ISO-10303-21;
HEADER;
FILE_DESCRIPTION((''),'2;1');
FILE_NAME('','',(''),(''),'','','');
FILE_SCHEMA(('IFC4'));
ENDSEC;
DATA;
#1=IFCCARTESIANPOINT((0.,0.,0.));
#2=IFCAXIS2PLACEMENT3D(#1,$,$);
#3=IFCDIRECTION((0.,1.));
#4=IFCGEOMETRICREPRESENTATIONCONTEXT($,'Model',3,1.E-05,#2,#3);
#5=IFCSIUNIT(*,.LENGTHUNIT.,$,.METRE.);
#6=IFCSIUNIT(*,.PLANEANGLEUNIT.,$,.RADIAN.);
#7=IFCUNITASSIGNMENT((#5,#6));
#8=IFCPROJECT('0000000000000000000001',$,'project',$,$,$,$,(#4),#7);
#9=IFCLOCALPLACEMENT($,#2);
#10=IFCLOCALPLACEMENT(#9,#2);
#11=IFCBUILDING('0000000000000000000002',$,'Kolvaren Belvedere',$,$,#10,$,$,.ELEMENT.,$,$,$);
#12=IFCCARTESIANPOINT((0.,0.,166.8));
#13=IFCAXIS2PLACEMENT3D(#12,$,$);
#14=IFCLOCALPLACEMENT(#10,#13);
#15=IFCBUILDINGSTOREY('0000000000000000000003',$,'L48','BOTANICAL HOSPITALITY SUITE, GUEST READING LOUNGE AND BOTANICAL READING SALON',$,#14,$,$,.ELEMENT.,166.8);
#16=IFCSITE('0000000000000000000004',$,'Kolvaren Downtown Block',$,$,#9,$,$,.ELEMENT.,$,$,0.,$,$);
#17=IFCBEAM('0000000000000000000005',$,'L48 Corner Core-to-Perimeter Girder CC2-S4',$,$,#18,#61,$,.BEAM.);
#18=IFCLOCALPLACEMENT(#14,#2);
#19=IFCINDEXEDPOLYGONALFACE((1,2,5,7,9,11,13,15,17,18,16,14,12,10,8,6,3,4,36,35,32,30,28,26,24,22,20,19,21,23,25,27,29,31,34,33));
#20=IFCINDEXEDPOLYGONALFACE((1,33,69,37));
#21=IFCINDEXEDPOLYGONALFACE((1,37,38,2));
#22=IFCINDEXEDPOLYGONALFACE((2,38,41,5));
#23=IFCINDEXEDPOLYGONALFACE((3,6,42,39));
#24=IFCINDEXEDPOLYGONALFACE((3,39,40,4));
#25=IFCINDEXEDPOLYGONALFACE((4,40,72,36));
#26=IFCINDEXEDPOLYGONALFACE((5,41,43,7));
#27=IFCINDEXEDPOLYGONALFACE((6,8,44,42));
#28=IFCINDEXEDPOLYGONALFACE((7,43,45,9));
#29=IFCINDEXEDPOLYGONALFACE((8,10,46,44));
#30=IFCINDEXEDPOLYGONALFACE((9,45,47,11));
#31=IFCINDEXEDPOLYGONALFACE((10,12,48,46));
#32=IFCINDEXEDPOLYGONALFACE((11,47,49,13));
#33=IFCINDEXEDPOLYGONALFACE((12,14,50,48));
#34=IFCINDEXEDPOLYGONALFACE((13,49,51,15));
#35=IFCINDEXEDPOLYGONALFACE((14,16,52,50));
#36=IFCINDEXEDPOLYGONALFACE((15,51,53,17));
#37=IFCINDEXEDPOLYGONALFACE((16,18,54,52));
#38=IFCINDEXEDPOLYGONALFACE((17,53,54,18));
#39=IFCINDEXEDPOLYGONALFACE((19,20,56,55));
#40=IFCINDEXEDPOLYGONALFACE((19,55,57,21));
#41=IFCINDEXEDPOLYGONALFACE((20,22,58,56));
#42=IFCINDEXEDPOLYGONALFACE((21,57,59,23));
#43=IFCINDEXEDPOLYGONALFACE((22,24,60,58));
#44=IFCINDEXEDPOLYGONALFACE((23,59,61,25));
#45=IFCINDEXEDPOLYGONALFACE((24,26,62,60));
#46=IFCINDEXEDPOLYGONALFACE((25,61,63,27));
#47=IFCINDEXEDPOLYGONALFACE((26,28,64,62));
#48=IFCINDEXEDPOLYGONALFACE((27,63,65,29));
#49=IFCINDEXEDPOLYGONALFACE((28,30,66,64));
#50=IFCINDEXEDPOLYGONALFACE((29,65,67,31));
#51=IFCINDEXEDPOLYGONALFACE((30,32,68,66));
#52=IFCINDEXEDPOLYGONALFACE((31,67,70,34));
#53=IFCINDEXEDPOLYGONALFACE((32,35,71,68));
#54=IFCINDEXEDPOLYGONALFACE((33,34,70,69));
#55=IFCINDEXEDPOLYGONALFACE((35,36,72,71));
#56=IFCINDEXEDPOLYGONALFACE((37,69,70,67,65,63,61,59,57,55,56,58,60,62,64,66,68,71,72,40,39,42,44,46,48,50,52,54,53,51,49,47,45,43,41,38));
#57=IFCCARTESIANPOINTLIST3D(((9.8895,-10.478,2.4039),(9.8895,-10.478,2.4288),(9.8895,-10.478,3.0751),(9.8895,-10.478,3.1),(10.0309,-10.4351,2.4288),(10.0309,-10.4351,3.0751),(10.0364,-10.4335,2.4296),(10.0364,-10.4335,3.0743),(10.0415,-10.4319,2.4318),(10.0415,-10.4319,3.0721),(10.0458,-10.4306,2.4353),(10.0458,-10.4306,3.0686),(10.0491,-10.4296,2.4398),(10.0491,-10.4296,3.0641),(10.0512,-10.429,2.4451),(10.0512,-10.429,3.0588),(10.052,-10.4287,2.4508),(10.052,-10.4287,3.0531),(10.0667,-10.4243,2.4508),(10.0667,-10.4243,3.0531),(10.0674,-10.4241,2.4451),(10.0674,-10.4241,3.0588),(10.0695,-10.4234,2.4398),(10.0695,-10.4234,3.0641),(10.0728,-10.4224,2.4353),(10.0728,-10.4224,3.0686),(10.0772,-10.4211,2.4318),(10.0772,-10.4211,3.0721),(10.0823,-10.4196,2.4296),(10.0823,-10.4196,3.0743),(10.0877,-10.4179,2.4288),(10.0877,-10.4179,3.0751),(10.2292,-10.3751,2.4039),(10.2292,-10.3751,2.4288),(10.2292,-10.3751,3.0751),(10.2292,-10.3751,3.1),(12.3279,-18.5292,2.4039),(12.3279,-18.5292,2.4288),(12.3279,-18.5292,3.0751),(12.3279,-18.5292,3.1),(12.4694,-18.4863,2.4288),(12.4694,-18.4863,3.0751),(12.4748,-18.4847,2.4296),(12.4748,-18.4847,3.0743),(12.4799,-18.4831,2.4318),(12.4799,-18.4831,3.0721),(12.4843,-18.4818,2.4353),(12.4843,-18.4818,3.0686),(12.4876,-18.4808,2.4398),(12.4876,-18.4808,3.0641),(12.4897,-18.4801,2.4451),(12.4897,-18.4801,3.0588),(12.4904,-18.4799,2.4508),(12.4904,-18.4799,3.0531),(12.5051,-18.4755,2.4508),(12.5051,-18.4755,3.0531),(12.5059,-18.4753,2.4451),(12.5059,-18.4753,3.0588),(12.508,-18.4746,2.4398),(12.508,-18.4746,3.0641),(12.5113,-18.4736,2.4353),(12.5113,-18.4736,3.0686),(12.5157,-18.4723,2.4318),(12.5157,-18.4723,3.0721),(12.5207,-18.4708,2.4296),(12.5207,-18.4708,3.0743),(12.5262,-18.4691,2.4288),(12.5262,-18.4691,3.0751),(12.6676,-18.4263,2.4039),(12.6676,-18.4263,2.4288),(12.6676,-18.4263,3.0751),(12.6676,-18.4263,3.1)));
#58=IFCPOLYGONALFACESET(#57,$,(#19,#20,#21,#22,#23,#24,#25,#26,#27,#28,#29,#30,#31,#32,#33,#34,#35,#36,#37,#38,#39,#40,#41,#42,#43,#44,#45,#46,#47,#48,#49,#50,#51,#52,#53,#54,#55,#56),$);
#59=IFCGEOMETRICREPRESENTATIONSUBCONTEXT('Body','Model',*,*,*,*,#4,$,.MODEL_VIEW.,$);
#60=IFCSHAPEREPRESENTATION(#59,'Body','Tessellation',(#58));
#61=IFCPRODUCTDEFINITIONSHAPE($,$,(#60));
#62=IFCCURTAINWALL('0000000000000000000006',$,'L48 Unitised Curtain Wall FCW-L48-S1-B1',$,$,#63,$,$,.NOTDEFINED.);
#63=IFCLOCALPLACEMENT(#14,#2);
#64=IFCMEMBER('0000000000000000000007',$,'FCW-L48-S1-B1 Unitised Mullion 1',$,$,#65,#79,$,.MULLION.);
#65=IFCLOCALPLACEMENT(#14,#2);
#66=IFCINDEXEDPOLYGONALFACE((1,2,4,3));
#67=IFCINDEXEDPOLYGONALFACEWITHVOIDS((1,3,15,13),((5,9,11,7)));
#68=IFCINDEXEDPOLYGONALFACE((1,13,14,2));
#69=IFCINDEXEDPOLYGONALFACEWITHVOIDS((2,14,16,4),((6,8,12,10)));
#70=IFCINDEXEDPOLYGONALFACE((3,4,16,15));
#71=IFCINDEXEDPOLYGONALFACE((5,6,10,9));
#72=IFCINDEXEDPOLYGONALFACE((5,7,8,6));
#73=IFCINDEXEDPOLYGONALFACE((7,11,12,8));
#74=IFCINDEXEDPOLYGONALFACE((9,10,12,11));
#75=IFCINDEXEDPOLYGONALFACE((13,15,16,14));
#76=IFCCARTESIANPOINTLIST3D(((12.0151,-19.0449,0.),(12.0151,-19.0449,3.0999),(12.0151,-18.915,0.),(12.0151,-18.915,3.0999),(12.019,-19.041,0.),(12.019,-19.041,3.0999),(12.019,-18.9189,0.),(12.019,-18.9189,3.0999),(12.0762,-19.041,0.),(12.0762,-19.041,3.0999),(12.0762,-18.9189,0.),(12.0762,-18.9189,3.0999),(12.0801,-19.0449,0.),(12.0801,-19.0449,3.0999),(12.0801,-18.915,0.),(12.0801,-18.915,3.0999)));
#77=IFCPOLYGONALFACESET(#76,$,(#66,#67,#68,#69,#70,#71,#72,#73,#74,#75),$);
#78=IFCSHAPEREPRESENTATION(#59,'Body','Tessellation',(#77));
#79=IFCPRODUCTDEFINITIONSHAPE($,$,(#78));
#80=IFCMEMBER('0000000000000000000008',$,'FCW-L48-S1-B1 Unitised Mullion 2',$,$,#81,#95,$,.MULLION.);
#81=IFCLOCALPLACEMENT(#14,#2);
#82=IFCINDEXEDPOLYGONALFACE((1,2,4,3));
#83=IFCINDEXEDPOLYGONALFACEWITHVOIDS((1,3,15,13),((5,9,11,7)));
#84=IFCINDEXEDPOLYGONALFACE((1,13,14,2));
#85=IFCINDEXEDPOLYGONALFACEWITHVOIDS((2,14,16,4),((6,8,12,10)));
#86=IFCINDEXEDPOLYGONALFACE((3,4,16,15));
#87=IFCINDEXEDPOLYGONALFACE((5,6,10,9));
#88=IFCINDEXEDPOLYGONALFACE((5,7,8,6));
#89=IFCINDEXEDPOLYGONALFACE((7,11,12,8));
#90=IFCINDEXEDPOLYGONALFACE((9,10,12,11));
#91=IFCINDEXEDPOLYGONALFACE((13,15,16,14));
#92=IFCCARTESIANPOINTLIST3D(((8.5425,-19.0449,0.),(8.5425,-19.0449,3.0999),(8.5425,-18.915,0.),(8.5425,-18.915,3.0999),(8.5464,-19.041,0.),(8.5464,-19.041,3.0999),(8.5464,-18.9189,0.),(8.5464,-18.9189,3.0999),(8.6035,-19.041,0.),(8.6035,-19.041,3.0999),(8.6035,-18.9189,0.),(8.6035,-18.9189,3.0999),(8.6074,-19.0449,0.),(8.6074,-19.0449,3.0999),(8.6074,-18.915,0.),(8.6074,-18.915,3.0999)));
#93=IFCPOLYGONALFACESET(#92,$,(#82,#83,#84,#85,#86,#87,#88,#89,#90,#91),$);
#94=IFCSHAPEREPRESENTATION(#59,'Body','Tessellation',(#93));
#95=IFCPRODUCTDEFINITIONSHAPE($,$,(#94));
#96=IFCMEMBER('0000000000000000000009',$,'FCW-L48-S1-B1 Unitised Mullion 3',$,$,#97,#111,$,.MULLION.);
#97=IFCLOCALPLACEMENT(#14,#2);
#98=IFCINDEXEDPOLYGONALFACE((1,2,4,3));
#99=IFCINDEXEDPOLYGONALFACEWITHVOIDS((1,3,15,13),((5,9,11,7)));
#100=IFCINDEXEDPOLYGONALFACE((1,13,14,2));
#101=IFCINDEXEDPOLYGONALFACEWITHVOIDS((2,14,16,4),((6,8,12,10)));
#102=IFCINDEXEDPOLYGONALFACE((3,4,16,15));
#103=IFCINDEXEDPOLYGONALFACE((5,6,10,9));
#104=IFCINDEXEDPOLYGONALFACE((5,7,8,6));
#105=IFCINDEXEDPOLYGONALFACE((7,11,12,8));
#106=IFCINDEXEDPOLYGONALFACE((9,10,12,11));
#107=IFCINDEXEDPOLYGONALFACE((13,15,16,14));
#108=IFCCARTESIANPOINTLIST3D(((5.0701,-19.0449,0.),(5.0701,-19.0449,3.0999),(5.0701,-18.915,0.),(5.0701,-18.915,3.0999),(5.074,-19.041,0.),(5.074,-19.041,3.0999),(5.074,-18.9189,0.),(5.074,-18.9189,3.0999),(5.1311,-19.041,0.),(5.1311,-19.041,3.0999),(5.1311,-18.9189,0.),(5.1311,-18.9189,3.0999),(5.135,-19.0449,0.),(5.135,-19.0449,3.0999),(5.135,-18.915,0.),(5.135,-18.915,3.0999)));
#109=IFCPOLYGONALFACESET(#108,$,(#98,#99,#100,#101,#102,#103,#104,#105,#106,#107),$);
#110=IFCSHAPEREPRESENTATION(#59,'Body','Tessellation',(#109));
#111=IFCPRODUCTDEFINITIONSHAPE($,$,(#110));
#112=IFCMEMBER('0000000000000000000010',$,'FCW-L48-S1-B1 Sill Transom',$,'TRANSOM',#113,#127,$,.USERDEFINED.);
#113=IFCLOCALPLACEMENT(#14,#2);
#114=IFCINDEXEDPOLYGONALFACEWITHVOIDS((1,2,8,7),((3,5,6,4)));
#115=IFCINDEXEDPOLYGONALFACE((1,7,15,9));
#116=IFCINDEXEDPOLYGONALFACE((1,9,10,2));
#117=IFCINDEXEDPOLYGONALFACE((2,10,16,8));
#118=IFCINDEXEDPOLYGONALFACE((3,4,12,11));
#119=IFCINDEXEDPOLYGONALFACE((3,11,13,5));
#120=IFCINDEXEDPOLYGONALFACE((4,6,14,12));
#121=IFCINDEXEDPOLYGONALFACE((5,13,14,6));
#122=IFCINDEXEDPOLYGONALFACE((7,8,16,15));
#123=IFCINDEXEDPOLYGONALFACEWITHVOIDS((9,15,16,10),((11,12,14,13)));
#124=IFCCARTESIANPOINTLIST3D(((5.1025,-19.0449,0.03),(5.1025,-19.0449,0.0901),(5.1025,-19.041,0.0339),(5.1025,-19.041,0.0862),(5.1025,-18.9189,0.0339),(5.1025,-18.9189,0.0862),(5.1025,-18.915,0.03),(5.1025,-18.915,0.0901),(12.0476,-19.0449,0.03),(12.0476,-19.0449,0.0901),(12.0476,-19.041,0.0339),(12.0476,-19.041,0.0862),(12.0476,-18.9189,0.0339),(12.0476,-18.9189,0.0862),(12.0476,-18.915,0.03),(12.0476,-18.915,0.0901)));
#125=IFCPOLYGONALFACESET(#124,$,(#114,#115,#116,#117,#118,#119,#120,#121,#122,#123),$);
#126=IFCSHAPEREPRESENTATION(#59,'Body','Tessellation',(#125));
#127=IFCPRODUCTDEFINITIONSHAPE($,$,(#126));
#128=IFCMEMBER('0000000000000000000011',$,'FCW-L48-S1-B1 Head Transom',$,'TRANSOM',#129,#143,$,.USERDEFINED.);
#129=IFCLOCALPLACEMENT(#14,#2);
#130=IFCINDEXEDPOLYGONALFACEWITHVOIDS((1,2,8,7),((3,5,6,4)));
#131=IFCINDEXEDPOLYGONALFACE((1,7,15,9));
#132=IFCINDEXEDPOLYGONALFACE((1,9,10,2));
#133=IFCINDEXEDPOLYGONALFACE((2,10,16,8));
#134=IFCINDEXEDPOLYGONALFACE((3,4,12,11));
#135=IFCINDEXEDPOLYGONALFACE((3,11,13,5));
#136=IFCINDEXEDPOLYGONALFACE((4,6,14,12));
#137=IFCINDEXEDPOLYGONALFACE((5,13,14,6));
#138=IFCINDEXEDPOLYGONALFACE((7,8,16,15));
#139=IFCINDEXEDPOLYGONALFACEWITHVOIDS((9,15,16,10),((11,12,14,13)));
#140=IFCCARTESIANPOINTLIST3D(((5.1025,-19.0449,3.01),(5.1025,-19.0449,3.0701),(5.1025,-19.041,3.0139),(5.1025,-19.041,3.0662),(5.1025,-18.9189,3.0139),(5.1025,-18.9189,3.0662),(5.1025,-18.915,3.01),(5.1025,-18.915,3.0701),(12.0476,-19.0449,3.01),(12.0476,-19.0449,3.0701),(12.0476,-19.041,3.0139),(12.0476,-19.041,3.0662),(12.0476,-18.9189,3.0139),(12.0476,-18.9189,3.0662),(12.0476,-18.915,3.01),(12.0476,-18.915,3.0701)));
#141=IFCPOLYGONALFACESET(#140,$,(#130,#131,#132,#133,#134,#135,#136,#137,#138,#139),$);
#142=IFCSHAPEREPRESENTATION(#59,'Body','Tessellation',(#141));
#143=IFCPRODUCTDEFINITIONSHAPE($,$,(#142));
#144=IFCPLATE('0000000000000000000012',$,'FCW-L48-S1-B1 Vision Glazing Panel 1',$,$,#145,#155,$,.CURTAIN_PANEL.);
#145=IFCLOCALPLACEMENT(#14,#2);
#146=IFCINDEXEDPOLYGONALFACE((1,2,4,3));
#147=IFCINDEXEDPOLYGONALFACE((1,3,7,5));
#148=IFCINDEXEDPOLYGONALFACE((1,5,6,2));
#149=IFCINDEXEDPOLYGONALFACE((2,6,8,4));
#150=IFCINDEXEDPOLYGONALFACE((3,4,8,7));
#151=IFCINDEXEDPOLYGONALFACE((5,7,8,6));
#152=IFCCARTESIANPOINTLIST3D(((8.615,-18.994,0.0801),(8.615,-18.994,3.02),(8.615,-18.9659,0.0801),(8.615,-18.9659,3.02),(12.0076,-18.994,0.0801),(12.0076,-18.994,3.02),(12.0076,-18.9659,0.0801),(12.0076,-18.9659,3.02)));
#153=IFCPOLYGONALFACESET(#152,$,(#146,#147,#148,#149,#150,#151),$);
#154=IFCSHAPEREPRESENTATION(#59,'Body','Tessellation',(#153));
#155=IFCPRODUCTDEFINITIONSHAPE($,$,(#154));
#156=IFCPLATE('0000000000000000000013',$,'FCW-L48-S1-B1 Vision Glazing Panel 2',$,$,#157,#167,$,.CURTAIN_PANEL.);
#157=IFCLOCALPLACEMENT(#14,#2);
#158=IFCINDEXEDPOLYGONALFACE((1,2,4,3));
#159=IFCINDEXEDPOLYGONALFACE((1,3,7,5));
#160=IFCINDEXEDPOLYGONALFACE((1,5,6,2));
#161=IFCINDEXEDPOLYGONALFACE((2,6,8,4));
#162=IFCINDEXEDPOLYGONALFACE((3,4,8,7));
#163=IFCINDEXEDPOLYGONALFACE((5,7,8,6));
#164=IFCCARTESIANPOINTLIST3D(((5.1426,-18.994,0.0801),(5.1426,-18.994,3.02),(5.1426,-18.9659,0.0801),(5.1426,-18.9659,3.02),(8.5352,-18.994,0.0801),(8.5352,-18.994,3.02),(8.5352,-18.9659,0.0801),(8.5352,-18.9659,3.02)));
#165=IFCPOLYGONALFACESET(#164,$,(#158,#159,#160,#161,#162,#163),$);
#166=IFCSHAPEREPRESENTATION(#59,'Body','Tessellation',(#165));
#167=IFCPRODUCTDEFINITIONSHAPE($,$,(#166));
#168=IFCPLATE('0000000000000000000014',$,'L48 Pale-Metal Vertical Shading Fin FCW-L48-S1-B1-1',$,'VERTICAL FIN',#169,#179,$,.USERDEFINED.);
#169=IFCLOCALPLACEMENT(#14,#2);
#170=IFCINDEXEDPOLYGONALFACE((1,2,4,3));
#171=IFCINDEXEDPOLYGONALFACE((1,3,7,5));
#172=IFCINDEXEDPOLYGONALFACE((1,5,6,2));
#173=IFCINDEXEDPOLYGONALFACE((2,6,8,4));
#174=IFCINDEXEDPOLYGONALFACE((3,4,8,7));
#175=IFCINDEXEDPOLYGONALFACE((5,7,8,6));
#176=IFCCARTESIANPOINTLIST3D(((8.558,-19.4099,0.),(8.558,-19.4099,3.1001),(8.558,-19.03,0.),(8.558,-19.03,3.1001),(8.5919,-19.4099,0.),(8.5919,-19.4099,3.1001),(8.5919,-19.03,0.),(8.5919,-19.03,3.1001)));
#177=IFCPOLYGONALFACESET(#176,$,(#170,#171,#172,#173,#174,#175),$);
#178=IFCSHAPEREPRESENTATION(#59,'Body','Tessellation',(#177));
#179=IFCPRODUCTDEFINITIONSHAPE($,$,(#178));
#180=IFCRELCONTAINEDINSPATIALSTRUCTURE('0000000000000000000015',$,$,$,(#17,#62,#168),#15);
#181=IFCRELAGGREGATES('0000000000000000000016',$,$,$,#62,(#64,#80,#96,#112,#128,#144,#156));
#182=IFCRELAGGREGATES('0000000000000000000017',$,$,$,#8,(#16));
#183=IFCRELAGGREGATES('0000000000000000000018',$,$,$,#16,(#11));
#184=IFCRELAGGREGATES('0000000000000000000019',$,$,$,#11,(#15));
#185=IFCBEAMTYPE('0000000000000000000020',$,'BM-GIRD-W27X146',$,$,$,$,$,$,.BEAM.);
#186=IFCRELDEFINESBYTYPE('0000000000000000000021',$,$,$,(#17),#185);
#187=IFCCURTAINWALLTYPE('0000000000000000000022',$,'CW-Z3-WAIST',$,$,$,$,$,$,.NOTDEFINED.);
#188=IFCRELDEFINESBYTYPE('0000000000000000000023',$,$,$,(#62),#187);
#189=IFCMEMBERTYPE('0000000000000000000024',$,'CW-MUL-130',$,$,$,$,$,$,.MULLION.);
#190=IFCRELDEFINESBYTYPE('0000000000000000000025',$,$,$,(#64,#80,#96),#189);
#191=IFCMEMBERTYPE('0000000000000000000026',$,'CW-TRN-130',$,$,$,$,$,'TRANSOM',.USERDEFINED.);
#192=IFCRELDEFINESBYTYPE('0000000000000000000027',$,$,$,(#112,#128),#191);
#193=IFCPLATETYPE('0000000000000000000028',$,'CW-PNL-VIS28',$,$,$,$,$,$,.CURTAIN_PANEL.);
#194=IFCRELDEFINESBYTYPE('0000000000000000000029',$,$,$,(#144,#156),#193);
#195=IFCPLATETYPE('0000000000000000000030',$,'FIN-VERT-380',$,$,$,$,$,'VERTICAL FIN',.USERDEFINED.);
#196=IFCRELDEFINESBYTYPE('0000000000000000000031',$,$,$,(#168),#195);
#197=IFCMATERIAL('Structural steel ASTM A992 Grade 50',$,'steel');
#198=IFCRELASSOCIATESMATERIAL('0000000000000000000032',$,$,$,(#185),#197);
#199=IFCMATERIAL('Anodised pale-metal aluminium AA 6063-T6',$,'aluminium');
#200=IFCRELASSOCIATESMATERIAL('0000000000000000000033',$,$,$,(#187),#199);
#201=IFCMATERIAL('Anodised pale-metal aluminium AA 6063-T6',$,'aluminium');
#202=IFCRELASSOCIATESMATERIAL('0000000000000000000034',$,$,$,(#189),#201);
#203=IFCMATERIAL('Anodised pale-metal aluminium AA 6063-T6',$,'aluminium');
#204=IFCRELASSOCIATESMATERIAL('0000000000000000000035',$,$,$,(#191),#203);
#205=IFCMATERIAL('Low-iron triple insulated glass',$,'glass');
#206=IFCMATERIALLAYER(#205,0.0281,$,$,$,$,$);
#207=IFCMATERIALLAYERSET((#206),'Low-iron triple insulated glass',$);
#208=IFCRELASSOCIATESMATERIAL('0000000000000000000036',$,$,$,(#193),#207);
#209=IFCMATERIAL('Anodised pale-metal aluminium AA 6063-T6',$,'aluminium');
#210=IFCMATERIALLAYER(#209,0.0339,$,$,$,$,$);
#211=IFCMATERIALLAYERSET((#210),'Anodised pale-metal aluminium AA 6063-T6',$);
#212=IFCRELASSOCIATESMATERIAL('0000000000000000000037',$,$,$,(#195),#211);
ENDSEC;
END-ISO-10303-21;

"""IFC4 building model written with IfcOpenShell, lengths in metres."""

from ifc_helpers import new_model, si_unit, direction, frame, origin, origin_2d, place, context, subcontext, project, spatial, rectangle, hollow_rectangle, i_section, extrude, material, layer, layer_set, material_profile, profile_set, type_object, element, aggregate, save


model = new_model("IFC4")

# Units and contexts
model_context = context("Model", 3, precision=1e-05, world=origin(), true_north=direction((0.0, 1.0)))
body_context = subcontext(model_context, "Body", "Model", "MODEL_VIEW")
ifc_project = project(units=[si_unit("LENGTHUNIT", "METRE"), si_unit("PLANEANGLEUNIT", "RADIAN")], contexts=[model_context])

# Site, building, storey
site_placement = place(None, origin())
site = spatial("IfcSite", under=ifc_project, at=site_placement, Name="Kolvaren Downtown Block", CompositionType="ELEMENT", RefElevation=0.0)
building_placement = place(site_placement, origin())
building = spatial("IfcBuilding", under=site, at=building_placement, Name="Kolvaren Belvedere", CompositionType="ELEMENT")
storey_placement = place(building_placement, frame((0.0, 0.0, 166.8)))
storey = spatial("IfcBuildingStorey", under=building, at=storey_placement, Name="L48", Description="BOTANICAL HOSPITALITY SUITE, GUEST READING LOUNGE AND BOTANICAL READING SALON", CompositionType="ELEMENT", Elevation=166.8)

# Beam
ifc_material_1 = material(Name="Structural steel ASTM A992 Grade 50", Category="steel")
ifc_material_profile_1 = material_profile(ifc_material_1, i_section(OverallWidth=0.355, OverallDepth=0.696, WebThickness=0.0154, FlangeThickness=0.0249, FilletRadius=0.022, at=origin_2d()), Name="W27X146")
ifc_profile_set_1 = profile_set([ifc_material_profile_1], Name="Structural steel ASTM A992 Grade 50")
beam_type = type_object("IfcBeamType", Name="BM-GIRD-W27X146", PredefinedType="BEAM", material=ifc_profile_set_1)
beam_placement = place(storey_placement, frame((10.0593, -10.4265, 2.752), z_axis=(0.289866, -0.957067, 0.0), x_axis=(0.957067, 0.289866, 0.0)))
element("IfcBeam", 1, at=beam_placement, inside=storey, type_object=beam_type, Name="L48 Corner Core-to-Perimeter Girder CC2-S4", PredefinedType="BEAM", context=body_context, shape_type="SweptSolid", body=[
    extrude(i_section(OverallWidth=0.355, OverallDepth=0.696, WebThickness=0.0154, FlangeThickness=0.0249, FilletRadius=0.022, at=origin_2d()), origin(), (0.0, 0.0, 1.0), 8.4124),
])

# Curtain wall, members, plates
ifc_material_2 = material(Name="Anodised pale-metal aluminium AA 6063-T6", Category="aluminium")
curtain_wall_type = type_object("IfcCurtainWallType", Name="CW-Z3-WAIST", PredefinedType="NOTDEFINED", material=ifc_material_2)
curtain_wall_placement = place(storey_placement, origin())
curtain_wall = element("IfcCurtainWall", 2, at=curtain_wall_placement, inside=storey, type_object=curtain_wall_type, Name="L48 Unitised Curtain Wall FCW-L48-S1-B1", PredefinedType="NOTDEFINED")
ifc_material_3 = material(Name="Anodised pale-metal aluminium AA 6063-T6", Category="aluminium")
ifc_material_profile_2 = material_profile(ifc_material_3, hollow_rectangle(XDim=0.0649, YDim=0.1299, WallThickness=0.0039, at=origin_2d()), Name="ALU-MUL-130X65")
ifc_profile_set_2 = profile_set([ifc_material_profile_2], Name="Anodised pale-metal aluminium AA 6063-T6")
member_type_1 = type_object("IfcMemberType", Name="CW-MUL-130", PredefinedType="MULLION", material=ifc_profile_set_2)
member_1_placement = place(storey_placement, frame((12.0476, -18.98, 0.0), z_axis=(0.0, 0.0, 1.0), x_axis=(1.0, 0.0, 0.0)))
member_1 = element("IfcMember", 3, at=member_1_placement, type_object=member_type_1, Name="FCW-L48-S1-B1 Unitised Mullion 1", PredefinedType="MULLION", context=body_context, shape_type="SweptSolid", body=[
    extrude(hollow_rectangle(XDim=0.0649, YDim=0.1299, WallThickness=0.0039, at=origin_2d()), origin(), (0.0, 0.0, 1.0), 3.0999),
])
member_2_placement = place(storey_placement, frame((8.575, -18.98, 0.0), z_axis=(0.0, 0.0, 1.0), x_axis=(1.0, 0.0, 0.0)))
member_2 = element("IfcMember", 4, at=member_2_placement, type_object=member_type_1, Name="FCW-L48-S1-B1 Unitised Mullion 2", PredefinedType="MULLION", context=body_context, shape_type="SweptSolid", body=[
    extrude(hollow_rectangle(XDim=0.0649, YDim=0.1299, WallThickness=0.0039, at=origin_2d()), origin(), (0.0, 0.0, 1.0), 3.0999),
])
member_3_placement = place(storey_placement, frame((5.1025, -18.98, 0.0), z_axis=(0.0, 0.0, 1.0), x_axis=(1.0, 0.0, 0.0)))
member_3 = element("IfcMember", 5, at=member_3_placement, type_object=member_type_1, Name="FCW-L48-S1-B1 Unitised Mullion 3", PredefinedType="MULLION", context=body_context, shape_type="SweptSolid", body=[
    extrude(hollow_rectangle(XDim=0.0649, YDim=0.1299, WallThickness=0.0039, at=origin_2d()), origin(), (0.0, 0.0, 1.0), 3.0999),
])
ifc_material_4 = material(Name="Anodised pale-metal aluminium AA 6063-T6", Category="aluminium")
ifc_material_profile_3 = material_profile(ifc_material_4, hollow_rectangle(XDim=0.0601, YDim=0.1299, WallThickness=0.0039, at=origin_2d()), Name="ALU-TRN-130X60")
ifc_profile_set_3 = profile_set([ifc_material_profile_3], Name="Anodised pale-metal aluminium AA 6063-T6")
member_type_2 = type_object("IfcMemberType", Name="CW-TRN-130", ElementType="TRANSOM", PredefinedType="USERDEFINED", material=ifc_profile_set_3)
member_4_placement = place(storey_placement, frame((12.0476, -18.98, 0.0601), z_axis=(-1.0, 0.0, 0.0), x_axis=(0.0, 0.0, 1.0)))
member_4 = element("IfcMember", 6, at=member_4_placement, type_object=member_type_2, Name="FCW-L48-S1-B1 Sill Transom", ObjectType="TRANSOM", PredefinedType="USERDEFINED", context=body_context, shape_type="SweptSolid", body=[
    extrude(hollow_rectangle(XDim=0.0601, YDim=0.1299, WallThickness=0.0039, at=origin_2d()), origin(), (0.0, 0.0, 1.0), 6.9451),
])
member_5_placement = place(storey_placement, frame((12.0476, -18.98, 3.04), z_axis=(-1.0, 0.0, 0.0), x_axis=(0.0, 0.0, 1.0)))
member_5 = element("IfcMember", 7, at=member_5_placement, type_object=member_type_2, Name="FCW-L48-S1-B1 Head Transom", ObjectType="TRANSOM", PredefinedType="USERDEFINED", context=body_context, shape_type="SweptSolid", body=[
    extrude(hollow_rectangle(XDim=0.0601, YDim=0.1299, WallThickness=0.0039, at=origin_2d()), origin(), (0.0, 0.0, 1.0), 6.9451),
])
ifc_material_5 = material(Name="Low-iron triple insulated glass", Category="glass")
ifc_layer_1 = layer(ifc_material_5, 0.0281)
ifc_layer_set_1 = layer_set([ifc_layer_1], Name="Low-iron triple insulated glass")
plate_type_1 = type_object("IfcPlateType", Name="CW-PNL-VIS28", PredefinedType="CURTAIN_PANEL", material=ifc_layer_set_1)
plate_1_placement = place(storey_placement, frame((10.3113, -18.98, 0.0801), z_axis=(0.0, 0.0, 1.0), x_axis=(-1.0, 0.0, 0.0)))
plate_1 = element("IfcPlate", 8, at=plate_1_placement, type_object=plate_type_1, Name="FCW-L48-S1-B1 Vision Glazing Panel 1", PredefinedType="CURTAIN_PANEL", context=body_context, shape_type="SweptSolid", body=[
    extrude(rectangle(XDim=3.3926, YDim=0.0281, at=origin_2d()), origin(), (0.0, 0.0, 1.0), 2.9399),
])
plate_2_placement = place(storey_placement, frame((6.8389, -18.98, 0.0801), z_axis=(0.0, 0.0, 1.0), x_axis=(-1.0, 0.0, 0.0)))
plate_2 = element("IfcPlate", 9, at=plate_2_placement, type_object=plate_type_1, Name="FCW-L48-S1-B1 Vision Glazing Panel 2", PredefinedType="CURTAIN_PANEL", context=body_context, shape_type="SweptSolid", body=[
    extrude(rectangle(XDim=3.3926, YDim=0.0281, at=origin_2d()), origin(), (0.0, 0.0, 1.0), 2.9399),
])
aggregate(curtain_wall, [member_1, member_2, member_3, member_4, member_5, plate_1, plate_2])

# Plate
ifc_material_6 = material(Name="Anodised pale-metal aluminium AA 6063-T6", Category="aluminium")
ifc_layer_2 = layer(ifc_material_6, 0.0339)
ifc_layer_set_2 = layer_set([ifc_layer_2], Name="Anodised pale-metal aluminium AA 6063-T6")
plate_type_2 = type_object("IfcPlateType", Name="FIN-VERT-380", ElementType="VERTICAL FIN", PredefinedType="USERDEFINED", material=ifc_layer_set_2)
plate_3_placement = place(storey_placement, frame((8.575, -19.22, 0.0), z_axis=(0.0, 0.0, 1.0), x_axis=(0.0, 1.0, 0.0)))
element("IfcPlate", 10, at=plate_3_placement, inside=storey, type_object=plate_type_2, Name="L48 Pale-Metal Vertical Shading Fin FCW-L48-S1-B1-1", ObjectType="VERTICAL FIN", PredefinedType="USERDEFINED", context=body_context, shape_type="SweptSolid", body=[
    extrude(rectangle(XDim=0.3799, YDim=0.0339, at=origin_2d()), origin(), (0.0, 0.0, 1.0), 3.1001),
])

save(model, "model.ifc")
